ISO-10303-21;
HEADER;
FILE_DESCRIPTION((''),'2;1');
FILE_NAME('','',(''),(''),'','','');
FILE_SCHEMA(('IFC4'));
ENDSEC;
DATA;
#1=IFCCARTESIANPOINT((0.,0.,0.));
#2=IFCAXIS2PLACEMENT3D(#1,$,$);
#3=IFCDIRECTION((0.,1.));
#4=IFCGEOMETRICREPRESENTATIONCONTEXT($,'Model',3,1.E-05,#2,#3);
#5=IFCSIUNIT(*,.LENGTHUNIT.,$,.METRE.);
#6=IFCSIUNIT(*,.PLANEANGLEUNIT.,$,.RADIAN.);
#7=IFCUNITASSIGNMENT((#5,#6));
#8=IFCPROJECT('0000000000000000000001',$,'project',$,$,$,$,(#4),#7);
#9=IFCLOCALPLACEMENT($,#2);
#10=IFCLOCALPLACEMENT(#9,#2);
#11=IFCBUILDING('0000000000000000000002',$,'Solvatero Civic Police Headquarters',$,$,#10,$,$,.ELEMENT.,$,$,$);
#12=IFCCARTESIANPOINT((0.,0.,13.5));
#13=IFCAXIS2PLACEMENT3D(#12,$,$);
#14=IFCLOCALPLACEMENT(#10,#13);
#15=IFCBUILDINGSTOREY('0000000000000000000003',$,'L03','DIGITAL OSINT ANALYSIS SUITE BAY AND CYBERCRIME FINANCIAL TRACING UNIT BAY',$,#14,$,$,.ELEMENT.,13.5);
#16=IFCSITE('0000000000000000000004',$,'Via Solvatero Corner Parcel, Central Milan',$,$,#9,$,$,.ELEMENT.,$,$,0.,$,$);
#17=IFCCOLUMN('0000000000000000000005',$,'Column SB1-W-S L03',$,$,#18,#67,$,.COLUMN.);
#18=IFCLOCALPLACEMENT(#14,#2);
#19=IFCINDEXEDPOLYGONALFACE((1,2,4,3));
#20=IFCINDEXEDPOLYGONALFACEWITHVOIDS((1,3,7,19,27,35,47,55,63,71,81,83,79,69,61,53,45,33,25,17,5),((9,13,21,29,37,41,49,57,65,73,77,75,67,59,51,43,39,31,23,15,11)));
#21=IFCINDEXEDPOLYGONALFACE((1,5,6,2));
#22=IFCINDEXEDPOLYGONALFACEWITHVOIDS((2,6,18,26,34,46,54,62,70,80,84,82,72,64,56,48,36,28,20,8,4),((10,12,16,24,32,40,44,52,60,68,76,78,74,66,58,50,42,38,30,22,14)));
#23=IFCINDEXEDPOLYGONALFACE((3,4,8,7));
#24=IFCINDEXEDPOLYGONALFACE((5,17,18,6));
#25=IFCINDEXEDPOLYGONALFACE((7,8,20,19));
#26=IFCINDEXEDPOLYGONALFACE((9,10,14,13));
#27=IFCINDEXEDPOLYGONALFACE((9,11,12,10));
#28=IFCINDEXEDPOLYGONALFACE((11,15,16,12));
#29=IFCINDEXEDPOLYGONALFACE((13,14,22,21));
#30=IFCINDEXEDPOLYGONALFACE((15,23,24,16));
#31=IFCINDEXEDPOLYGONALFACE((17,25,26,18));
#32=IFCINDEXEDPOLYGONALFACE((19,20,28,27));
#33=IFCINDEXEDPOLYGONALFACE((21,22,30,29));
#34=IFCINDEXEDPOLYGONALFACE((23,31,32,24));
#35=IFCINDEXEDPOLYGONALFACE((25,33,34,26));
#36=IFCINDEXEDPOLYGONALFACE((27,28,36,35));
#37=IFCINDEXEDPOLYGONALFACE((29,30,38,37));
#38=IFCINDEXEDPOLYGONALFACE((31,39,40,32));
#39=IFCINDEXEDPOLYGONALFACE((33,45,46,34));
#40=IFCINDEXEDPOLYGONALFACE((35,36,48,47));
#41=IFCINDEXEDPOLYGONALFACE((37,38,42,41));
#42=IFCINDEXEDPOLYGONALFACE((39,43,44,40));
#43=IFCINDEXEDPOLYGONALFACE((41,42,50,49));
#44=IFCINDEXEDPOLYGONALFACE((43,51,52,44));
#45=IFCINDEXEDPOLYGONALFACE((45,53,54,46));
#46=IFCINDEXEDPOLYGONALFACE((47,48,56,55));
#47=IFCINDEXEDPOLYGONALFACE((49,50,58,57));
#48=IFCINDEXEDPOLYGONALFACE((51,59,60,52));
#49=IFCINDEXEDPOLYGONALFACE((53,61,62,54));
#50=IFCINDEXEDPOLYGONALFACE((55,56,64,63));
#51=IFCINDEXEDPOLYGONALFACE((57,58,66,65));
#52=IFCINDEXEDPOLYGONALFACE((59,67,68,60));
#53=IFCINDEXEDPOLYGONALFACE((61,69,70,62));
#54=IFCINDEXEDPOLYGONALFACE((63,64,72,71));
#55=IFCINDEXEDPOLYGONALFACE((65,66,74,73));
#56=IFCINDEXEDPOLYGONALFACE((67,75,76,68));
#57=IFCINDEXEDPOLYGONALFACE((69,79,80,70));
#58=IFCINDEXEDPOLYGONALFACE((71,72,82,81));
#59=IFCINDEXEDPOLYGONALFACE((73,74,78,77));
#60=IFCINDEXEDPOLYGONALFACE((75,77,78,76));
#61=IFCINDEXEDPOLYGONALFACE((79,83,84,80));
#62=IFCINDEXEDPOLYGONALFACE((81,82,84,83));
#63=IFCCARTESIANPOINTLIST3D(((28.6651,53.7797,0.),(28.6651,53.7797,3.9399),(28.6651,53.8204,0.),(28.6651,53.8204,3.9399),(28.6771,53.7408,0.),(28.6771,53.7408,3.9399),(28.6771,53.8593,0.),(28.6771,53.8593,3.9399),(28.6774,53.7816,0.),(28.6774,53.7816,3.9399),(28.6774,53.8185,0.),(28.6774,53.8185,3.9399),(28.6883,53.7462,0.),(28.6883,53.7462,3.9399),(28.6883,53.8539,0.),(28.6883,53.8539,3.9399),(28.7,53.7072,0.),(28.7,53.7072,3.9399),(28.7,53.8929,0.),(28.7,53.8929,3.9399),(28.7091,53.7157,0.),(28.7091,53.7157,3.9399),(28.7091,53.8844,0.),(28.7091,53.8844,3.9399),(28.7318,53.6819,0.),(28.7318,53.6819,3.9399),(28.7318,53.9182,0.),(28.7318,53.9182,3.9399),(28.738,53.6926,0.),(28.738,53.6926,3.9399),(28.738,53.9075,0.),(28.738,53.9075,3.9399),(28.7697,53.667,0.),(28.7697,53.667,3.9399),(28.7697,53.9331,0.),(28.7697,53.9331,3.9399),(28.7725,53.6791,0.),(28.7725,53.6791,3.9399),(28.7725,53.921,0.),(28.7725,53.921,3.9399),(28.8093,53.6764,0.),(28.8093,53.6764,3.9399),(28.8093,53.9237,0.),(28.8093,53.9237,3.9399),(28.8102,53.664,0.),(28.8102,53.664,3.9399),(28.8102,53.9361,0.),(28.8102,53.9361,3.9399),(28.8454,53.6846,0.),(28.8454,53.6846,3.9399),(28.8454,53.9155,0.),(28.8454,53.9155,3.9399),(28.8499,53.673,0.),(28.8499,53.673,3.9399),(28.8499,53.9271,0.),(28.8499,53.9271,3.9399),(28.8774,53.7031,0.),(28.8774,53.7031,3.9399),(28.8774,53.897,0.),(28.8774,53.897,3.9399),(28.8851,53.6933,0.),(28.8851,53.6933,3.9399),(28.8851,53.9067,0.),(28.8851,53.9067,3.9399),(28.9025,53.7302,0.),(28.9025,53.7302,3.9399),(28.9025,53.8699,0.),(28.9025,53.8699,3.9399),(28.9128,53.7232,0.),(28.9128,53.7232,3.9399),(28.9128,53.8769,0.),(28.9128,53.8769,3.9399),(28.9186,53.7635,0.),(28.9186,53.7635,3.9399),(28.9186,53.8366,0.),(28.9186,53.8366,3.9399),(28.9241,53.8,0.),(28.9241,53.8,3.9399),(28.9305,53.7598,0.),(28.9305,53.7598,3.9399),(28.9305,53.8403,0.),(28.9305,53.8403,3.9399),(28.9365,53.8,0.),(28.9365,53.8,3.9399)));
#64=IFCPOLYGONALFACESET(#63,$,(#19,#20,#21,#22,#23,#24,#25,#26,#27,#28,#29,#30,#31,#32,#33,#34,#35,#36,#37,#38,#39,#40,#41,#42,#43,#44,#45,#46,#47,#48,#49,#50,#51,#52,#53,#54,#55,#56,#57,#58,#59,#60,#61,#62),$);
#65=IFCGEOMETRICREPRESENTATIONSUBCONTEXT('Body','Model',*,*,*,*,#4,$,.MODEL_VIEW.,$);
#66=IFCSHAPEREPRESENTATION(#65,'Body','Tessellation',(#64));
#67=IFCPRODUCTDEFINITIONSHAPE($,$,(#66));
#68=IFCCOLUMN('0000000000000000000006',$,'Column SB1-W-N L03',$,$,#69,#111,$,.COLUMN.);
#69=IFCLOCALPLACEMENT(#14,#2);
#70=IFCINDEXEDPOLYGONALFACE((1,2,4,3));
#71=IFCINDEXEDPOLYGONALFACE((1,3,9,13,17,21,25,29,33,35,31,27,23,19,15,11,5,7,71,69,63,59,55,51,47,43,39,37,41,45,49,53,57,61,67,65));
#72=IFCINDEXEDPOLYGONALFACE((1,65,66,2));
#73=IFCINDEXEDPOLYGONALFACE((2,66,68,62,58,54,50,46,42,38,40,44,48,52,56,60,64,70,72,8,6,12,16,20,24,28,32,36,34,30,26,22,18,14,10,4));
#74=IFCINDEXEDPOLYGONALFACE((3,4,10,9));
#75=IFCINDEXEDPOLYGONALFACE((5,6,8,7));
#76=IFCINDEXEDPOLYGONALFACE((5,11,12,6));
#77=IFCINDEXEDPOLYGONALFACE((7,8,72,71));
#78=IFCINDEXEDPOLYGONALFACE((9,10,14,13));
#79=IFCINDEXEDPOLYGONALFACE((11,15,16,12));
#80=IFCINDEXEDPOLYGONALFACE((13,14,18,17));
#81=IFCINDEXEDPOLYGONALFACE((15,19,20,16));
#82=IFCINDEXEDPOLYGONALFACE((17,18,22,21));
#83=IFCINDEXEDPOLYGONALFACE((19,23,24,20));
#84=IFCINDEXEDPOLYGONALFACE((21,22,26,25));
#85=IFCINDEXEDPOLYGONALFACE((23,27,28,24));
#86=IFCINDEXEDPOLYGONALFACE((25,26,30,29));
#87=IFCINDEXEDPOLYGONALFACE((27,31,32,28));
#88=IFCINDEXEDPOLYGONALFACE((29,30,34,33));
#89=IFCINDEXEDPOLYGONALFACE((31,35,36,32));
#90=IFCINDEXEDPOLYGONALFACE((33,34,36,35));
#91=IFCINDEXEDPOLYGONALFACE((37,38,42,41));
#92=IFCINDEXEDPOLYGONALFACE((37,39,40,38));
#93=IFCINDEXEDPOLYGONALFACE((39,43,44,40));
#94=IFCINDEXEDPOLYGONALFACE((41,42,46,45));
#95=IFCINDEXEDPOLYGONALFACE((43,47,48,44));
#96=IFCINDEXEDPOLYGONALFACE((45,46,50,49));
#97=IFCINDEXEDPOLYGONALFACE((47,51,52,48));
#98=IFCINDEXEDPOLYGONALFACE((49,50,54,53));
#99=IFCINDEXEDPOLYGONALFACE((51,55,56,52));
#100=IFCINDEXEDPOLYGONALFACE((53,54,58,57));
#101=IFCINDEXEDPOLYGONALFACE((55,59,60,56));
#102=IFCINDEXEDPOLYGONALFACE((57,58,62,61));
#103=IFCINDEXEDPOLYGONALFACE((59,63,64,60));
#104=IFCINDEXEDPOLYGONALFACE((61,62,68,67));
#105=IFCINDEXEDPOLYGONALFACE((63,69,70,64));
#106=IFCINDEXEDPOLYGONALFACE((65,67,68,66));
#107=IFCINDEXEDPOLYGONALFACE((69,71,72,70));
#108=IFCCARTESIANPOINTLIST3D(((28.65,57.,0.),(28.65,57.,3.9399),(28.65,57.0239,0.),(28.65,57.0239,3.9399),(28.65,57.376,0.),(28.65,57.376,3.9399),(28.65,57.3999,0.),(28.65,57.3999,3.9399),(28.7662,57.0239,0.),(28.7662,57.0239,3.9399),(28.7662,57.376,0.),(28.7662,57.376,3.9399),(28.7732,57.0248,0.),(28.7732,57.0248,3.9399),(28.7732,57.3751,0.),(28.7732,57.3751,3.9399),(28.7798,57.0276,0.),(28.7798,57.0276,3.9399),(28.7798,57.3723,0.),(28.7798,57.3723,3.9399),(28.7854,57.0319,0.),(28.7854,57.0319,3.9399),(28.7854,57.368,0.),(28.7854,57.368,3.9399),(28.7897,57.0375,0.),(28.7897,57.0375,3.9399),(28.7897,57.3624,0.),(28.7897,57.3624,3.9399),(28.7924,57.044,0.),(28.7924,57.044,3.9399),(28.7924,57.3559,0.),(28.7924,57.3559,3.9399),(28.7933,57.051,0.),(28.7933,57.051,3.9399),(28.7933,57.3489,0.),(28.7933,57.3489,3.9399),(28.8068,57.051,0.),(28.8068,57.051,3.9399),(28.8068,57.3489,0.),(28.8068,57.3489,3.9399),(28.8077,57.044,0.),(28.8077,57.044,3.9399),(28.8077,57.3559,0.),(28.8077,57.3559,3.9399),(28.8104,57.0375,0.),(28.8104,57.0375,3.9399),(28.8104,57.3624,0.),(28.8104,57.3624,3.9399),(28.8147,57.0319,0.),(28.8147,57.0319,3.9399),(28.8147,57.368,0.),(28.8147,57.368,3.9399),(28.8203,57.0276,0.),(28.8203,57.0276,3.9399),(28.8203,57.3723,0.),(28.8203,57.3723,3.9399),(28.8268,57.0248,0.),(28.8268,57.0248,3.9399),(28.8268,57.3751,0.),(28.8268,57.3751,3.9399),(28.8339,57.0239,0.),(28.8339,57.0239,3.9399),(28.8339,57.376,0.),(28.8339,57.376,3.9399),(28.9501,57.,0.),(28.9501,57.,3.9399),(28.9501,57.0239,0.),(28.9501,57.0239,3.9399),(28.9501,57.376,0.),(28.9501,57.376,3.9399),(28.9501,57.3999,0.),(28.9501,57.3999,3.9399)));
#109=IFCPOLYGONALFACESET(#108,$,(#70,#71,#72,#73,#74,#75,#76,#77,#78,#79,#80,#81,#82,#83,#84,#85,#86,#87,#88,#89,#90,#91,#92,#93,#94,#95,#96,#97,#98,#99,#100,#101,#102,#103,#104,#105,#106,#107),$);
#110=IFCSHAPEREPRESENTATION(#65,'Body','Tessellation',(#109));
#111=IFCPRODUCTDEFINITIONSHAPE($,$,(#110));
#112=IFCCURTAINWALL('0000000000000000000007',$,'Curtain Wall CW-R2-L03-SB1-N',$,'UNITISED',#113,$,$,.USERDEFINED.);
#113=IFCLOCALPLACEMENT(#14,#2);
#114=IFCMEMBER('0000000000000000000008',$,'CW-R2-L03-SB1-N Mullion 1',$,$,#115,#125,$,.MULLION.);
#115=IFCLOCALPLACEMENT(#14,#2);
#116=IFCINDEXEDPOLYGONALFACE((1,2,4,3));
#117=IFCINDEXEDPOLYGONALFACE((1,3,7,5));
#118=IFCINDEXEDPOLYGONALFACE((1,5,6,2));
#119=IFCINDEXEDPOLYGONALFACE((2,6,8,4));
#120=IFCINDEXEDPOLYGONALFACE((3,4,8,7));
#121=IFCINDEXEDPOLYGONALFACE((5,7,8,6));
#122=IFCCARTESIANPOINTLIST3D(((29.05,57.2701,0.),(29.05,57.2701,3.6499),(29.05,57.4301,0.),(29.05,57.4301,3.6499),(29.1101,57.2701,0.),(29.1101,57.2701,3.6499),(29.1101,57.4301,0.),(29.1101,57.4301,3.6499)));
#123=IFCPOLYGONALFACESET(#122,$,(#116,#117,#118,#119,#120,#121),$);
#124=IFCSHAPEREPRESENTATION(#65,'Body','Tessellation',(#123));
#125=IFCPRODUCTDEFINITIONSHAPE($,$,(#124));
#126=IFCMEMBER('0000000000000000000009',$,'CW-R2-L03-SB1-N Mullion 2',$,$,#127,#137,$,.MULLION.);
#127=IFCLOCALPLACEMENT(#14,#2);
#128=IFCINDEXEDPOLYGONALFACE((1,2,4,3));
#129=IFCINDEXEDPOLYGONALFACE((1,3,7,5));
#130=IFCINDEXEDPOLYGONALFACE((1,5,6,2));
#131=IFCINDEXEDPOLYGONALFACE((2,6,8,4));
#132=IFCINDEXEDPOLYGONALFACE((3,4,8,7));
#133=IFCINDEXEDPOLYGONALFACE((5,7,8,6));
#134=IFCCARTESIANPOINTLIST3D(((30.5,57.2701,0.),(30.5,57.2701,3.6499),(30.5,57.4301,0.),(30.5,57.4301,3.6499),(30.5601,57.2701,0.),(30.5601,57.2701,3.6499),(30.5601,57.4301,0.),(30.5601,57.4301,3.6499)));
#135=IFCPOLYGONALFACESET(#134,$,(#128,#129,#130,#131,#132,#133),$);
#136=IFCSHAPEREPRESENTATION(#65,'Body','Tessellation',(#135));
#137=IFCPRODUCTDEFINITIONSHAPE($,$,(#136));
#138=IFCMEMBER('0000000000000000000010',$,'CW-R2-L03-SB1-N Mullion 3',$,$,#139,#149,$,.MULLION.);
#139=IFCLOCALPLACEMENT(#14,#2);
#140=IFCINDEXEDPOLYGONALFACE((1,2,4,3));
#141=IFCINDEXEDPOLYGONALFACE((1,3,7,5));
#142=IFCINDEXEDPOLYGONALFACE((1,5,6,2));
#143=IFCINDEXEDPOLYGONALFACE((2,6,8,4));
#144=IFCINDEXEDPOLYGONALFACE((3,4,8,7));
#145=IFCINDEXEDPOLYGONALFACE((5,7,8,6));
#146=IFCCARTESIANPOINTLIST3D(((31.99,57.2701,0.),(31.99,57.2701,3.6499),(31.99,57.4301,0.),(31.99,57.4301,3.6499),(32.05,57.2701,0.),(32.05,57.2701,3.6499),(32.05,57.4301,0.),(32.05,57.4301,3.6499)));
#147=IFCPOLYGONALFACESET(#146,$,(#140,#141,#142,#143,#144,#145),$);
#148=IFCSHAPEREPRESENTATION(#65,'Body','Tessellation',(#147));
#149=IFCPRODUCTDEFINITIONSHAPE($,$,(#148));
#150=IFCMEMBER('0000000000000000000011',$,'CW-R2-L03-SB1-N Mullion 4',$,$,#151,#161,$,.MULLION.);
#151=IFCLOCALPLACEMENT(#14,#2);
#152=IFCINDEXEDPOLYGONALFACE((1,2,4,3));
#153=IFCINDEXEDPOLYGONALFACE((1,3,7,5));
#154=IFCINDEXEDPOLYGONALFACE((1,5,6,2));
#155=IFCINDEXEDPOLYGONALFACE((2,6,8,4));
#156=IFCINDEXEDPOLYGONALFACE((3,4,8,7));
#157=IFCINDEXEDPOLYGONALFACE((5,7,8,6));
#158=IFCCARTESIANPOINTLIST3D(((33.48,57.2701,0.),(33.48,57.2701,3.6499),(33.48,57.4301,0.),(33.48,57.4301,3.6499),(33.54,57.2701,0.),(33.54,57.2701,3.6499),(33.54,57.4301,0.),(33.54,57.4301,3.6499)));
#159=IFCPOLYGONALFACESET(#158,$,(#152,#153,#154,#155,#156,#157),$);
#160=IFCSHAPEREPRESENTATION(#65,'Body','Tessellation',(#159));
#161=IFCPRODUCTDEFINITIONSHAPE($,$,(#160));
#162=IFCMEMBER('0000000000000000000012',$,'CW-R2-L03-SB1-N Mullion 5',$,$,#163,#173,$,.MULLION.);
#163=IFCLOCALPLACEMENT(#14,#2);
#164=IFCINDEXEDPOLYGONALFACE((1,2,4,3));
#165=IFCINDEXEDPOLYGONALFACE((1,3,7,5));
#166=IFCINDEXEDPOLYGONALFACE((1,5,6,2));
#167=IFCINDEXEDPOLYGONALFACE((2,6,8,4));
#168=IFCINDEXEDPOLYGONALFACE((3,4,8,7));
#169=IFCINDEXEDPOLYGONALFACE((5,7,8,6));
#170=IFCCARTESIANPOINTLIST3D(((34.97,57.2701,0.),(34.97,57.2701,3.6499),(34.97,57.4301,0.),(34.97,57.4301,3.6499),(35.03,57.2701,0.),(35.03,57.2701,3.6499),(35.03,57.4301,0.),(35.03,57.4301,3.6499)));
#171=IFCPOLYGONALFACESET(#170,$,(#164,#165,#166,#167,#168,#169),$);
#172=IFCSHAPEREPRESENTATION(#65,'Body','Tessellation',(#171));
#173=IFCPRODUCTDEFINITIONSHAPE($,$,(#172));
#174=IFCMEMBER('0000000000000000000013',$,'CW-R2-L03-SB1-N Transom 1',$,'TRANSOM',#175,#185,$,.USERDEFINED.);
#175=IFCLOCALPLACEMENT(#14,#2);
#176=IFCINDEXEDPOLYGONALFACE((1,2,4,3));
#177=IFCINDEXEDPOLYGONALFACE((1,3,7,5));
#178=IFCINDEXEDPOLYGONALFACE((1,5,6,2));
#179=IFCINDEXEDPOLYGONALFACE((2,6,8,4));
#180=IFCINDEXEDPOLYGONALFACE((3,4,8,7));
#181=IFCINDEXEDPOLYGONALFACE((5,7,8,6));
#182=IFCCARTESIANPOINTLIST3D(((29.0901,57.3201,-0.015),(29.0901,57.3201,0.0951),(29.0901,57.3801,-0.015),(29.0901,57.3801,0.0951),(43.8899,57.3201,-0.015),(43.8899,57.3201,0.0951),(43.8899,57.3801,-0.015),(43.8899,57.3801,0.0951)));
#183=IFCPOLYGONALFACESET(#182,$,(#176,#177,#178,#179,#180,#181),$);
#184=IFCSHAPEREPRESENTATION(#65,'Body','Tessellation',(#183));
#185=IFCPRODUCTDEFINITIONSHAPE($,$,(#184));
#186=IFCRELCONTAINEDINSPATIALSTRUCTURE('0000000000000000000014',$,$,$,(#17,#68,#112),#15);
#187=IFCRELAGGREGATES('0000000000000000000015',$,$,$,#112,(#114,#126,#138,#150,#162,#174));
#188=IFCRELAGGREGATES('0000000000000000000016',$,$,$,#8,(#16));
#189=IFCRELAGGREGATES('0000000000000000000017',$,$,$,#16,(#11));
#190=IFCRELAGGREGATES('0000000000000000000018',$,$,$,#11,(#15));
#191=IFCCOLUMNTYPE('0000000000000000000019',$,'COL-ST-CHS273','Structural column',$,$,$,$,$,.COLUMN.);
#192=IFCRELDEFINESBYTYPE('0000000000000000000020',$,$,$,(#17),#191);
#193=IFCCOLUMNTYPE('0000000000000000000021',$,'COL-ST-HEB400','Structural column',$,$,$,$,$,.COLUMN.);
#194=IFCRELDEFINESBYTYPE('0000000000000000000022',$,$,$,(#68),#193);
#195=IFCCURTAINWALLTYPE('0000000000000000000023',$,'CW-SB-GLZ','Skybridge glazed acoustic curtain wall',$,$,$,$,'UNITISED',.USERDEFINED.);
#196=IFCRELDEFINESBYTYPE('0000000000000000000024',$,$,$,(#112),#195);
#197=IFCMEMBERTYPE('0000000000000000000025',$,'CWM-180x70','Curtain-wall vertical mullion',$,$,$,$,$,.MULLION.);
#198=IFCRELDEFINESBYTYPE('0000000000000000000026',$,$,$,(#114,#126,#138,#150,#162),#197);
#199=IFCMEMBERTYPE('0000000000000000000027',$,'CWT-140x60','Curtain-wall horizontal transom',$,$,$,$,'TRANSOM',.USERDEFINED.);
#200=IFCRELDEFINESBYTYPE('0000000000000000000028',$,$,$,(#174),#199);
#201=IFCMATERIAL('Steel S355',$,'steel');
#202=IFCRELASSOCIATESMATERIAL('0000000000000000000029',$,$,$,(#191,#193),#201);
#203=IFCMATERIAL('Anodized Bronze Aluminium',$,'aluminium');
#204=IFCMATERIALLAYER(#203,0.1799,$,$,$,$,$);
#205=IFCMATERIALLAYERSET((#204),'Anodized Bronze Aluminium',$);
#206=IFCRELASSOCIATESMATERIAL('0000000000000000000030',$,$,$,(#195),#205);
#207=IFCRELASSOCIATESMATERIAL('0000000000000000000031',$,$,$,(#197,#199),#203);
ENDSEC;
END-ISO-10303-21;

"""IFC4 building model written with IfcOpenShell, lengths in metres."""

from ifc_helpers import new_model, si_unit, direction, frame, origin, origin_2d, place, context, subcontext, project, spatial, rectangle, hollow_circle, i_section, extrude, material, layer, layer_set, material_profile, profile_set, type_object, element, aggregate, save


model = new_model("IFC4")

# Units and contexts
model_context = context("Model", 3, precision=1e-05, world=origin(), true_north=direction((0.0, 1.0)))
body_context = subcontext(model_context, "Body", "Model", "MODEL_VIEW")
ifc_project = project(units=[si_unit("LENGTHUNIT", "METRE"), si_unit("PLANEANGLEUNIT", "RADIAN")], contexts=[model_context])

# Site, building, storey
site_placement = place(None, origin())
site = spatial("IfcSite", under=ifc_project, at=site_placement, Name="Via Solvatero Corner Parcel, Central Milan", CompositionType="ELEMENT", RefElevation=0.0)
building_placement = place(site_placement, origin())
building = spatial("IfcBuilding", under=site, at=building_placement, Name="Solvatero Civic Police Headquarters", CompositionType="ELEMENT")
storey_placement = place(building_placement, frame((0.0, 0.0, 13.5)))
storey = spatial("IfcBuildingStorey", under=building, at=storey_placement, Name="L03", Description="DIGITAL OSINT ANALYSIS SUITE BAY AND CYBERCRIME FINANCIAL TRACING UNIT BAY", CompositionType="ELEMENT", Elevation=13.5)

# Columns
ifc_material_1 = material(Name="Steel S355", Category="steel")
ifc_material_profile_1 = material_profile(ifc_material_1, hollow_circle(Radius=0.1365, WallThickness=0.0125, at=origin_2d()), Name="CHS 273.0x12.5")
ifc_profile_set_1 = profile_set([ifc_material_profile_1], Name="Steel S355")
column_type_1 = type_object("IfcColumnType", Name="COL-ST-CHS273", Description="Structural column", PredefinedType="COLUMN", material=ifc_profile_set_1)
column_1_placement = place(storey_placement, frame((28.8, 53.8, 0.0), z_axis=(0.0, 0.0, 1.0), x_axis=(1.0, 0.0, 0.0)))
element("IfcColumn", 1, at=column_1_placement, inside=storey, type_object=column_type_1, Name="Column SB1-W-S L03", PredefinedType="COLUMN", context=body_context, shape_type="SweptSolid", body=[
    extrude(hollow_circle(Radius=0.1365, WallThickness=0.0125, at=origin_2d()), origin(), (0.0, 0.0, 1.0), 3.9399),
])
ifc_material_profile_2 = material_profile(ifc_material_1, i_section(OverallWidth=0.3, OverallDepth=0.3999, WebThickness=0.0134, FlangeThickness=0.0239, FilletRadius=0.0271, at=origin_2d()), Name="HEB 400")
ifc_profile_set_2 = profile_set([ifc_material_profile_2], Name="Steel S355")
column_type_2 = type_object("IfcColumnType", Name="COL-ST-HEB400", Description="Structural column", PredefinedType="COLUMN", material=ifc_profile_set_2)
column_2_placement = place(storey_placement, frame((28.8, 57.2, 0.0), z_axis=(0.0, 0.0, 1.0), x_axis=(1.0, 0.0, 0.0)))
element("IfcColumn", 2, at=column_2_placement, inside=storey, type_object=column_type_2, Name="Column SB1-W-N L03", PredefinedType="COLUMN", context=body_context, shape_type="SweptSolid", body=[
    extrude(i_section(OverallWidth=0.3, OverallDepth=0.3999, WebThickness=0.0134, FlangeThickness=0.0239, FilletRadius=0.0271, at=origin_2d()), origin(), (0.0, 0.0, 1.0), 3.9399),
])

# Curtain wall, members
ifc_material_2 = material(Name="Anodized Bronze Aluminium", Category="aluminium")
ifc_layer_1 = layer(ifc_material_2, 0.1799)
ifc_layer_set_1 = layer_set([ifc_layer_1], Name="Anodized Bronze Aluminium")
curtain_wall_type = type_object("IfcCurtainWallType", Name="CW-SB-GLZ", Description="Skybridge glazed acoustic curtain wall", ElementType="UNITISED", PredefinedType="USERDEFINED", material=ifc_layer_set_1)
curtain_wall_placement = place(storey_placement, origin())
curtain_wall = element("IfcCurtainWall", 3, at=curtain_wall_placement, inside=storey, type_object=curtain_wall_type, Name="Curtain Wall CW-R2-L03-SB1-N", ObjectType="UNITISED", PredefinedType="USERDEFINED")
ifc_material_profile_3 = material_profile(ifc_material_2, rectangle(XDim=0.0601, YDim=0.1599, at=origin_2d()), Name="ALU MULLION 60x160")
ifc_profile_set_3 = profile_set([ifc_material_profile_3], Name="Anodized Bronze Aluminium")
member_type_1 = type_object("IfcMemberType", Name="CWM-180x70", Description="Curtain-wall vertical mullion", PredefinedType="MULLION", material=ifc_profile_set_3)
member_1_placement = place(storey_placement, frame((29.0801, 57.3501, 0.0), z_axis=(0.0, 0.0, 1.0), x_axis=(1.0, 0.0, 0.0)))
member_1 = element("IfcMember", 4, at=member_1_placement, type_object=member_type_1, Name="CW-R2-L03-SB1-N Mullion 1", PredefinedType="MULLION", context=body_context, shape_type="SweptSolid", body=[
    extrude(rectangle(XDim=0.0601, YDim=0.1599, at=origin_2d()), origin(), (0.0, 0.0, 1.0), 3.6499),
])
member_2_placement = place(storey_placement, frame((30.53, 57.3501, 0.0), z_axis=(0.0, 0.0, 1.0), x_axis=(1.0, 0.0, 0.0)))
member_2 = element("IfcMember", 5, at=member_2_placement, type_object=member_type_1, Name="CW-R2-L03-SB1-N Mullion 2", PredefinedType="MULLION", context=body_context, shape_type="SweptSolid", body=[
    extrude(rectangle(XDim=0.0601, YDim=0.1599, at=origin_2d()), origin(), (0.0, 0.0, 1.0), 3.6499),
])
member_3_placement = place(storey_placement, frame((32.02, 57.3501, 0.0), z_axis=(0.0, 0.0, 1.0), x_axis=(1.0, 0.0, 0.0)))
member_3 = element("IfcMember", 6, at=member_3_placement, type_object=member_type_1, Name="CW-R2-L03-SB1-N Mullion 3", PredefinedType="MULLION", context=body_context, shape_type="SweptSolid", body=[
    extrude(rectangle(XDim=0.0601, YDim=0.1599, at=origin_2d()), origin(), (0.0, 0.0, 1.0), 3.6499),
])
member_4_placement = place(storey_placement, frame((33.51, 57.3501, 0.0), z_axis=(0.0, 0.0, 1.0), x_axis=(1.0, 0.0, 0.0)))
member_4 = element("IfcMember", 7, at=member_4_placement, type_object=member_type_1, Name="CW-R2-L03-SB1-N Mullion 4", PredefinedType="MULLION", context=body_context, shape_type="SweptSolid", body=[
    extrude(rectangle(XDim=0.0601, YDim=0.1599, at=origin_2d()), origin(), (0.0, 0.0, 1.0), 3.6499),
])
member_5_placement = place(storey_placement, frame((35.0, 57.3501, 0.0), z_axis=(0.0, 0.0, 1.0), x_axis=(1.0, 0.0, 0.0)))
member_5 = element("IfcMember", 8, at=member_5_placement, type_object=member_type_1, Name="CW-R2-L03-SB1-N Mullion 5", PredefinedType="MULLION", context=body_context, shape_type="SweptSolid", body=[
    extrude(rectangle(XDim=0.0601, YDim=0.1599, at=origin_2d()), origin(), (0.0, 0.0, 1.0), 3.6499),
])
ifc_material_profile_4 = material_profile(ifc_material_2, rectangle(XDim=0.0601, YDim=0.1101, at=origin_2d()), Name="ALU TRANSOM 60x110")
ifc_profile_set_4 = profile_set([ifc_material_profile_4], Name="Anodized Bronze Aluminium")
member_type_2 = type_object("IfcMemberType", Name="CWT-140x60", Description="Curtain-wall horizontal transom", ElementType="TRANSOM", PredefinedType="USERDEFINED", material=ifc_profile_set_4)
member_6_placement = place(storey_placement, frame((29.0901, 57.3501, 0.04), z_axis=(1.0, 0.0, 0.0), x_axis=(0.0, 1.0, 0.0)))
member_6 = element("IfcMember", 9, at=member_6_placement, type_object=member_type_2, Name="CW-R2-L03-SB1-N Transom 1", ObjectType="TRANSOM", PredefinedType="USERDEFINED", context=body_context, shape_type="SweptSolid", body=[
    extrude(rectangle(XDim=0.0601, YDim=0.1101, at=origin_2d()), origin(), (0.0, 0.0, 1.0), 14.7998),
])
aggregate(curtain_wall, [member_1, member_2, member_3, member_4, member_5, member_6])

save(model, "model.ifc")
